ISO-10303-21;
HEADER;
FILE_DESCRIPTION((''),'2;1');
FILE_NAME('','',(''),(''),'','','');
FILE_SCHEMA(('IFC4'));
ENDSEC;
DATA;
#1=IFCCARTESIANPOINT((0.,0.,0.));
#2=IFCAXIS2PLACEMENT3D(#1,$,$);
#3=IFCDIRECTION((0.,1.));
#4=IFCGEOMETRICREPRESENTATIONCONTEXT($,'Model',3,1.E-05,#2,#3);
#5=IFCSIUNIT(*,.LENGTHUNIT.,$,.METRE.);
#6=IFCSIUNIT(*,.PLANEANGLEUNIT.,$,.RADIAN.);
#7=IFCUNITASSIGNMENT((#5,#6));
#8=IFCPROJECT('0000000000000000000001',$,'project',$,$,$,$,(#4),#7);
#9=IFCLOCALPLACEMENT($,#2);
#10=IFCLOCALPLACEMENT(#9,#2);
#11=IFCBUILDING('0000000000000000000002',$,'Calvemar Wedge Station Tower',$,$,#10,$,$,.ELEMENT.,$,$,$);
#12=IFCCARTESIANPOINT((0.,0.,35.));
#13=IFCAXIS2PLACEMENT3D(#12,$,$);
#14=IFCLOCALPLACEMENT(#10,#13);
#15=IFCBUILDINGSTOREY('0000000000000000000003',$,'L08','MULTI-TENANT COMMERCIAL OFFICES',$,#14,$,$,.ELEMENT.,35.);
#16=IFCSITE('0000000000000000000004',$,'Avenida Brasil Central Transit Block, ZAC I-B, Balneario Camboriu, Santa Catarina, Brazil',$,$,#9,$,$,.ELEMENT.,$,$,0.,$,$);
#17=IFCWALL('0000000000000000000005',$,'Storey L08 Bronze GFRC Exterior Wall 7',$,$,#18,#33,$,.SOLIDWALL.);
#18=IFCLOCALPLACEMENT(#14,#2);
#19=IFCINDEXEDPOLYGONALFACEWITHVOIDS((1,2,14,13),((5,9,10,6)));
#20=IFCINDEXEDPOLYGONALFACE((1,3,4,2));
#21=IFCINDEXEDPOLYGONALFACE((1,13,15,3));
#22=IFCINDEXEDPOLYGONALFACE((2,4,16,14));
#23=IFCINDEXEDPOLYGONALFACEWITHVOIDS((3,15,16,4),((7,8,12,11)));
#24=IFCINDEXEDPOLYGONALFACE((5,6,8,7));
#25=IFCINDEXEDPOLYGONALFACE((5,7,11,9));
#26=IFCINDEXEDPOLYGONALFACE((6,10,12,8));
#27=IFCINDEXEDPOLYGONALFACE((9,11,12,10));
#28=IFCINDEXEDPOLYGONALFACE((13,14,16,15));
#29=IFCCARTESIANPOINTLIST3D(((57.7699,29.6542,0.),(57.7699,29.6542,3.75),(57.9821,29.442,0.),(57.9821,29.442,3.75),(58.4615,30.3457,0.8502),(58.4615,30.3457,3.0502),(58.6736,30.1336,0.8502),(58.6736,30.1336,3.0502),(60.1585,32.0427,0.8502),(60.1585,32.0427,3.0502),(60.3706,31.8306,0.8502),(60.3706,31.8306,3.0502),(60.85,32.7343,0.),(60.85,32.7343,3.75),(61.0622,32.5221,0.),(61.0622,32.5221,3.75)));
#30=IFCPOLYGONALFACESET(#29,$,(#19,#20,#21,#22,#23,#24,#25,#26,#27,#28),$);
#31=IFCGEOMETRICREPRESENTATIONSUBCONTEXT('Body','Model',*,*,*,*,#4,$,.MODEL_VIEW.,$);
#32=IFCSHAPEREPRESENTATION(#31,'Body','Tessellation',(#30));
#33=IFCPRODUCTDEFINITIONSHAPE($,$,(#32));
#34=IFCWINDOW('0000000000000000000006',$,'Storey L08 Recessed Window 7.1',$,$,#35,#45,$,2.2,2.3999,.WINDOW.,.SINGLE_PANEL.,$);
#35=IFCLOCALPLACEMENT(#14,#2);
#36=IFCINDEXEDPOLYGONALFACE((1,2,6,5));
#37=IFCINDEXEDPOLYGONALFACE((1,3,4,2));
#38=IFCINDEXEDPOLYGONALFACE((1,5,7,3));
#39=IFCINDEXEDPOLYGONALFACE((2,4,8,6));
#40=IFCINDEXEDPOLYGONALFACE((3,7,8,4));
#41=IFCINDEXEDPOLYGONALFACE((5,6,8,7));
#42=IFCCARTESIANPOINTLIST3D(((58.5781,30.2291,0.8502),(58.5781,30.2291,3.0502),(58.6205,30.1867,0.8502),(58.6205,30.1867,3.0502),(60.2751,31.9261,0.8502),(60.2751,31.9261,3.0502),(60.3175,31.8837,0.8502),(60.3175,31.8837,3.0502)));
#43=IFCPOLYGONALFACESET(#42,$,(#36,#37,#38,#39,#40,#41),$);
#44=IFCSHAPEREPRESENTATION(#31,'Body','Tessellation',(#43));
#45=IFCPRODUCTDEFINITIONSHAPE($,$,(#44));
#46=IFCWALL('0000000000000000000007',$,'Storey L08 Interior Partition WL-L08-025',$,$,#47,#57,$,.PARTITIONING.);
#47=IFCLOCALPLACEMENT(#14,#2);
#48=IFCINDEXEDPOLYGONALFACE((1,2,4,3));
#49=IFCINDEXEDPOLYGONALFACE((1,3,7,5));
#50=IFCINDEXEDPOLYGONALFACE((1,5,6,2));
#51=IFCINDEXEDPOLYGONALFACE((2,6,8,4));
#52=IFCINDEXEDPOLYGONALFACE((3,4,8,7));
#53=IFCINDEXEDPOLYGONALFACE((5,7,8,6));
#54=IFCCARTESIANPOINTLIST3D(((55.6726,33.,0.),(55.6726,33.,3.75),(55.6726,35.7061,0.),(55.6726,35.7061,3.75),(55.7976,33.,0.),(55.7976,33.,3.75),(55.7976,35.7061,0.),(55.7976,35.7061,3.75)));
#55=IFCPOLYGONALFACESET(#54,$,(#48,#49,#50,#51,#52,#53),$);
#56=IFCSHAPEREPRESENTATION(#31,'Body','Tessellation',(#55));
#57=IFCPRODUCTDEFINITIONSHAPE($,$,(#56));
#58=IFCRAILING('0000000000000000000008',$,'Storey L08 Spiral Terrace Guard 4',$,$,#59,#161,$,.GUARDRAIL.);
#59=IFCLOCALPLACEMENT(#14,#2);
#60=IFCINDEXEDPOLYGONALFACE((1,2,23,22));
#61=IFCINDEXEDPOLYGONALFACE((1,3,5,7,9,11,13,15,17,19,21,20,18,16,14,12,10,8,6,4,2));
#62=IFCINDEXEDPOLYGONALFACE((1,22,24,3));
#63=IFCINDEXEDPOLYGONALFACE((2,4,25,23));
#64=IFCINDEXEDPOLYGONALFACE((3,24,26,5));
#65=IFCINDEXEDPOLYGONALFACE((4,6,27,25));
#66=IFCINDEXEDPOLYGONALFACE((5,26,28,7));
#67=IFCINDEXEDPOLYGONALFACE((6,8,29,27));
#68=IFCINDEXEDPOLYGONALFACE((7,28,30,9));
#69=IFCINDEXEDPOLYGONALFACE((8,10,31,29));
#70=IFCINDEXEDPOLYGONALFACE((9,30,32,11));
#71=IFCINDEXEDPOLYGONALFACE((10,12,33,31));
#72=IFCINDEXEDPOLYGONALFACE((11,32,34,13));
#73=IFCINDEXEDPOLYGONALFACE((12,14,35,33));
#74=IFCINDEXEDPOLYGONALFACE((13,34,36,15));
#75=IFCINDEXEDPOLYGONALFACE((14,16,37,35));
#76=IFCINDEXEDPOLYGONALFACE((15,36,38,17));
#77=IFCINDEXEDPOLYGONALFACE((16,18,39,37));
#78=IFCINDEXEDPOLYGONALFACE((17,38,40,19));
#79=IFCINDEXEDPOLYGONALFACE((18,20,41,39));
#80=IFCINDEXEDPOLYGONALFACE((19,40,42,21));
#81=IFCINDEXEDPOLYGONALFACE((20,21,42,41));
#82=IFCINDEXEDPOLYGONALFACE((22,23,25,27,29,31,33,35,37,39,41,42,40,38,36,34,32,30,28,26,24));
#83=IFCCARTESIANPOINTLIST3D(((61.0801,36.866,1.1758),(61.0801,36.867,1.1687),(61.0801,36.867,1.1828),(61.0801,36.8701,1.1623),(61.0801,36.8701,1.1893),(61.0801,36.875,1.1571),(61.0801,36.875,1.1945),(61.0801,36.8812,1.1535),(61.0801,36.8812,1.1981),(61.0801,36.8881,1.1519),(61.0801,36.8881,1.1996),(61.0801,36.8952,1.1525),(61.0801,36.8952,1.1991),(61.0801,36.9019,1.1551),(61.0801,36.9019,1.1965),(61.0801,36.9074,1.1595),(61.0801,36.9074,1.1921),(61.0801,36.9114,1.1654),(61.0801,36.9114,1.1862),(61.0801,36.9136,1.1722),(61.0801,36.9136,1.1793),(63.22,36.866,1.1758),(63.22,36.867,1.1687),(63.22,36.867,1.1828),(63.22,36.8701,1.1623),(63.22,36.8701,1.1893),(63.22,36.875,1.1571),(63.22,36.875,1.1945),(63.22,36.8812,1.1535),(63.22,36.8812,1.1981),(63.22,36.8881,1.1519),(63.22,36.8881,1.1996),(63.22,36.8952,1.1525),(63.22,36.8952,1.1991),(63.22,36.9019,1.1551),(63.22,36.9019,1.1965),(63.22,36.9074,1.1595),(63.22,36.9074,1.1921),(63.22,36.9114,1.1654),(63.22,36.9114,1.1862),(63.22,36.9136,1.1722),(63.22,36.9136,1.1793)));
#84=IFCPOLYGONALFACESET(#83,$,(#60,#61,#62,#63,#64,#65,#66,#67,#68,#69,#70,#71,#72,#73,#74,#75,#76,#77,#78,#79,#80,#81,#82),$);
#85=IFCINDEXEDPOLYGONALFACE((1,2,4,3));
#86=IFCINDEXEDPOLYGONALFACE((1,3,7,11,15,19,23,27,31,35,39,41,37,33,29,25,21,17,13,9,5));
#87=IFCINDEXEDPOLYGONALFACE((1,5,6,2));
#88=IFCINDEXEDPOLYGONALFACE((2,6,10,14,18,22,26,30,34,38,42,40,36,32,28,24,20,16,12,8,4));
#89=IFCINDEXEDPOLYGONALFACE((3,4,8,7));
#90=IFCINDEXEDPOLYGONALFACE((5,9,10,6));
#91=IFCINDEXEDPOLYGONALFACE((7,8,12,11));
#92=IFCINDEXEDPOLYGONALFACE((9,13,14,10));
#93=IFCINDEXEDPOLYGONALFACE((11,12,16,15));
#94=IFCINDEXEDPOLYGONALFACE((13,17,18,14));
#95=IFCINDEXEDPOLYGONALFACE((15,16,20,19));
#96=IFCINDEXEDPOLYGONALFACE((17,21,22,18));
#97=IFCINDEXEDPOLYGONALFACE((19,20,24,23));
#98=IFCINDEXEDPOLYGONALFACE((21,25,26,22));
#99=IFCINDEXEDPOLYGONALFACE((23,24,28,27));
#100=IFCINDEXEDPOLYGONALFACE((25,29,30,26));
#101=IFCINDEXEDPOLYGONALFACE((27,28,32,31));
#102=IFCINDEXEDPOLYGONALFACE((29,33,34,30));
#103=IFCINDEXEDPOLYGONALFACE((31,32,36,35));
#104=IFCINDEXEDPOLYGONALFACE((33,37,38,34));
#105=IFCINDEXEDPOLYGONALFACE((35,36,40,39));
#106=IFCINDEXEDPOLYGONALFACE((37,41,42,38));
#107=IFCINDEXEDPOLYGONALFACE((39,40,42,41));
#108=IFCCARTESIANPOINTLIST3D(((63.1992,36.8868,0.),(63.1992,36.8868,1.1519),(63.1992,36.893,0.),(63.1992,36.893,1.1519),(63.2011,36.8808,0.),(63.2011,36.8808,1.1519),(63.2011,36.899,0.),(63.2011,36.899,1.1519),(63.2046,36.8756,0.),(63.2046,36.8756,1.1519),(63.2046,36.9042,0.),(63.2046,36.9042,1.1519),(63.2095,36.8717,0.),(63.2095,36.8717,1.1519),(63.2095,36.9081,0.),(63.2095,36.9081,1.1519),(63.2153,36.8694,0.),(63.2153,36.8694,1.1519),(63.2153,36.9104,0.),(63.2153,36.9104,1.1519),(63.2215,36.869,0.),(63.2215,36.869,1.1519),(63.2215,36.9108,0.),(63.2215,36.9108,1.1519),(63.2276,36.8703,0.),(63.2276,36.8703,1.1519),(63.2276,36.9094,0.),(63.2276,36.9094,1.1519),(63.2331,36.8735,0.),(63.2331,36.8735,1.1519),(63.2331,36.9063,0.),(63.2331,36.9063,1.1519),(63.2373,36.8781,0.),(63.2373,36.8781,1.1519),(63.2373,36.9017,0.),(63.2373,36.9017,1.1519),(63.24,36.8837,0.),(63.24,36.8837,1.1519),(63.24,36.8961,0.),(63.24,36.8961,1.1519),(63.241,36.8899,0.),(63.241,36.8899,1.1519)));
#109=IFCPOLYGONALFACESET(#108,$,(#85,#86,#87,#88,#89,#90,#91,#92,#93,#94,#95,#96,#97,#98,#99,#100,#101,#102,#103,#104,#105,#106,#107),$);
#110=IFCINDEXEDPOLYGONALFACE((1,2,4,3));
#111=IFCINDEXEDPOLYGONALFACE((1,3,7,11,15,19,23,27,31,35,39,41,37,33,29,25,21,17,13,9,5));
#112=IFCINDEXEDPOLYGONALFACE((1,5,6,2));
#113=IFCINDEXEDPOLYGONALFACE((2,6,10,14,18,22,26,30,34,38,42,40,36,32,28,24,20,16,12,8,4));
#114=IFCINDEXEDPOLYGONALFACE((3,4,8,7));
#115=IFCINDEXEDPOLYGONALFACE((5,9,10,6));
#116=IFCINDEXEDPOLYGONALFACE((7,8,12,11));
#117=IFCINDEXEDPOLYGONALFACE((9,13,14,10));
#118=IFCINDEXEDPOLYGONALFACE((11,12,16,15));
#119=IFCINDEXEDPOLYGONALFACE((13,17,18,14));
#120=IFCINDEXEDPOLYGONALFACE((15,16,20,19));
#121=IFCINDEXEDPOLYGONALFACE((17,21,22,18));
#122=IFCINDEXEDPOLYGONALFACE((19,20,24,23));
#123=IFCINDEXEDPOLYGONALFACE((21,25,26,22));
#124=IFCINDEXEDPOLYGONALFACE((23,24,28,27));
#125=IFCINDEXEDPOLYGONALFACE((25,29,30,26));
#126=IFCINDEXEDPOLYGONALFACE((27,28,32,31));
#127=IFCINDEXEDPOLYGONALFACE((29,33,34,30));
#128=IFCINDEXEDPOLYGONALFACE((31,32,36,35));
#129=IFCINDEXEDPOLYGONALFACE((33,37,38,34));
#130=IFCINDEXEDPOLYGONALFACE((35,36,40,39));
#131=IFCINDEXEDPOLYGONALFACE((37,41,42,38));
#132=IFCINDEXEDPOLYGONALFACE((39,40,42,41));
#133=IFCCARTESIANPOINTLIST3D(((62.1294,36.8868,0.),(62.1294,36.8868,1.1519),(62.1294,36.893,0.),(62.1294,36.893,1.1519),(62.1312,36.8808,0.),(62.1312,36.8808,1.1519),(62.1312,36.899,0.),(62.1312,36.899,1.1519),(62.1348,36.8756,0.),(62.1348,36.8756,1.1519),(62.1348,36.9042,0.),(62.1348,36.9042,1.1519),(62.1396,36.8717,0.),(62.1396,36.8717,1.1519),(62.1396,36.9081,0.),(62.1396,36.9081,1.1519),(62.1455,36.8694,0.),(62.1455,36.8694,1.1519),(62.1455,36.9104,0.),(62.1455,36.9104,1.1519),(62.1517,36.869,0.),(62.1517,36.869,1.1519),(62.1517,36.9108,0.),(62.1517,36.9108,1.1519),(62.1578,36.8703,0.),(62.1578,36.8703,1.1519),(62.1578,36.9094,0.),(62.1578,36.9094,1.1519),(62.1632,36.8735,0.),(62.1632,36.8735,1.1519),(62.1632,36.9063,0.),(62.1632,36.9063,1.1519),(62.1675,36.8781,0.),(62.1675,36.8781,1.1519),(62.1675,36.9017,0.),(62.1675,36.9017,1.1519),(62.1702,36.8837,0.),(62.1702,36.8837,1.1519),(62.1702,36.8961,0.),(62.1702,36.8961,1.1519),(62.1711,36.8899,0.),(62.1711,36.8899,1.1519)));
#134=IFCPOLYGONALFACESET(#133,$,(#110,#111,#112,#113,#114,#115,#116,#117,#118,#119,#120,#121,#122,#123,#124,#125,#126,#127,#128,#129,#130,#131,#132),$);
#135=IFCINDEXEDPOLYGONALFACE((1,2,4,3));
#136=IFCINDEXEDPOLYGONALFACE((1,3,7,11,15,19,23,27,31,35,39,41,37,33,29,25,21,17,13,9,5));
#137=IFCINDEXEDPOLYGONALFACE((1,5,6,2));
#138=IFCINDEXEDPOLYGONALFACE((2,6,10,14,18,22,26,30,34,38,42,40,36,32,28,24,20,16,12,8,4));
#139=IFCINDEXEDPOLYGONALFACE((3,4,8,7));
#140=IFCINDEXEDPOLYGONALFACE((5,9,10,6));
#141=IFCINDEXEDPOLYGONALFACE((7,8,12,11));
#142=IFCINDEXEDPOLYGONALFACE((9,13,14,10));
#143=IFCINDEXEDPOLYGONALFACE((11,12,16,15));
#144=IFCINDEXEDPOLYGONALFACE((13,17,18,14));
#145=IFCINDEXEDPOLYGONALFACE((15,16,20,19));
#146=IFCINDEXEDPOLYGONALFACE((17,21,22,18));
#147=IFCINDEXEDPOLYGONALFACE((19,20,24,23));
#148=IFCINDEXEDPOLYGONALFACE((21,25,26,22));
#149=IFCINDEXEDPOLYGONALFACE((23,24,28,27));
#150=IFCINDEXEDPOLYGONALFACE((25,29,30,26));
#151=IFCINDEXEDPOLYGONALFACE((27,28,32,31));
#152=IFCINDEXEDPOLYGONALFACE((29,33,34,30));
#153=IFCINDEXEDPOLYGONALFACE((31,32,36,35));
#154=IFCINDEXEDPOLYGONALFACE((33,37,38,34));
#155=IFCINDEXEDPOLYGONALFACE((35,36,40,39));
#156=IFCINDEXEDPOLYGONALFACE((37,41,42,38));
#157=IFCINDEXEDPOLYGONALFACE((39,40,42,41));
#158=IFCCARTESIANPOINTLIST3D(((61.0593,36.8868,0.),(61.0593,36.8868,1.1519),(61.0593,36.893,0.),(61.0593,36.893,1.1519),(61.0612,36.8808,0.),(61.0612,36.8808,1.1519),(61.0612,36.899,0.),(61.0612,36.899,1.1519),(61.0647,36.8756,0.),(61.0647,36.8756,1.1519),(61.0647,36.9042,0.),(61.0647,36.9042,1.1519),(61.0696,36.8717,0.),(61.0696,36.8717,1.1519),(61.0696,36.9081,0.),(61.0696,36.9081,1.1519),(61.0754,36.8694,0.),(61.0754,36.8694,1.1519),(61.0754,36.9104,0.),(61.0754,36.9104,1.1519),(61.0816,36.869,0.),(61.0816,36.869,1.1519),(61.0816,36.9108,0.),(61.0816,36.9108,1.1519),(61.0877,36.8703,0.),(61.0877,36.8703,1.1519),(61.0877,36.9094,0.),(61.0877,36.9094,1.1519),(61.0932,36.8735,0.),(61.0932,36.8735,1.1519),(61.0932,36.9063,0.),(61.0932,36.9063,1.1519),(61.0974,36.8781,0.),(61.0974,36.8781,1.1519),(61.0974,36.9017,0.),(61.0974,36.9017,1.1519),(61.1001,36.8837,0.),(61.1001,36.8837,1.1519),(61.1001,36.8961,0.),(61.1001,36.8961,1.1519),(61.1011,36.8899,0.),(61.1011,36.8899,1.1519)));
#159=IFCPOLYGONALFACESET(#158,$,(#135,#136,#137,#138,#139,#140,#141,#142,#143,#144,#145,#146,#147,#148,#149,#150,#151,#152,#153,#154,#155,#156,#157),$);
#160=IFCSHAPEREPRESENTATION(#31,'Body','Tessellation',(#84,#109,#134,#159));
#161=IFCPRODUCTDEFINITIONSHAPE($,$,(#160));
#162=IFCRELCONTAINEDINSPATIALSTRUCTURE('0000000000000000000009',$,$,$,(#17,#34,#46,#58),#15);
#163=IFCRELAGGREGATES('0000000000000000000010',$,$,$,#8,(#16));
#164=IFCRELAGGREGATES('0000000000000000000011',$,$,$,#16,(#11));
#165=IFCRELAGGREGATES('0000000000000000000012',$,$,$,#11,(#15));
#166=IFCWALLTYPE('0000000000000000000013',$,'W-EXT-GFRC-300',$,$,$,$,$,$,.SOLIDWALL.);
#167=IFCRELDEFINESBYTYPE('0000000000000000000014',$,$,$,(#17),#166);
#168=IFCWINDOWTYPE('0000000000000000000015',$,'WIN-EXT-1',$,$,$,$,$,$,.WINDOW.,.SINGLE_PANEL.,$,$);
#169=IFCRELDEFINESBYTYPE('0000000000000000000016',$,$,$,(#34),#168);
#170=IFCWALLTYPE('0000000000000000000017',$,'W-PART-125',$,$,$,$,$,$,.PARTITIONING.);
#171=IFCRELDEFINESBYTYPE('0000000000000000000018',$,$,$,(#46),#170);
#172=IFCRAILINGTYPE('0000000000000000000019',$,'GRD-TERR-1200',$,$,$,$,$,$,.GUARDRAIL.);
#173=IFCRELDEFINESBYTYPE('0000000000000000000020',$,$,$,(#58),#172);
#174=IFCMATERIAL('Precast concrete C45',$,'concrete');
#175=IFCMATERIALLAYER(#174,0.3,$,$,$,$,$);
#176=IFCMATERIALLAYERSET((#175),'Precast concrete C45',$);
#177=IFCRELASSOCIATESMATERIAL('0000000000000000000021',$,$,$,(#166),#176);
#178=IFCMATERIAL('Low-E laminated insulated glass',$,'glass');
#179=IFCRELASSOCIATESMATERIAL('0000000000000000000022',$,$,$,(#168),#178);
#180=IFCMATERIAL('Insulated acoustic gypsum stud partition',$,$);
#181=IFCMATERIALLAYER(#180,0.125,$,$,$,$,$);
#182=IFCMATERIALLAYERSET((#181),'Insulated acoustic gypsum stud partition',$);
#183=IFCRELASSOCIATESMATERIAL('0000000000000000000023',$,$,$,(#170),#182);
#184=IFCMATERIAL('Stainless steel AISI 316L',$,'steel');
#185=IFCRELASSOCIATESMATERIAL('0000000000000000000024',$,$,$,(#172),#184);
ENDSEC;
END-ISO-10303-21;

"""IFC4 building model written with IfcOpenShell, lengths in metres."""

from ifc_helpers import new_model, si_unit, direction, frame, frame_2d, origin, origin_2d, place, context, subcontext, project, spatial, rectangle, circle, extrude, source, transform, mapped, material, layer, layer_set, type_object, element, fill, save


model = new_model("IFC4")

# Units and contexts
model_context = context("Model", 3, precision=1e-05, world=origin(), true_north=direction((0.0, 1.0)))
body_context = subcontext(model_context, "Body", "Model", "MODEL_VIEW")
ifc_project = project(units=[si_unit("LENGTHUNIT", "METRE"), si_unit("PLANEANGLEUNIT", "RADIAN")], contexts=[model_context])

# Site, building, storey
site_placement = place(None, origin())
site = spatial("IfcSite", under=ifc_project, at=site_placement, Name="Avenida Brasil Central Transit Block, ZAC I-B, Balneario Camboriu, Santa Catarina, Brazil", CompositionType="ELEMENT", RefElevation=0.0)
building_placement = place(site_placement, origin())
building = spatial("IfcBuilding", under=site, at=building_placement, Name="Calvemar Wedge Station Tower", CompositionType="ELEMENT")
storey_placement = place(building_placement, frame((0.0, 0.0, 35.0)))
storey = spatial("IfcBuildingStorey", under=building, at=storey_placement, Name="L08", Description="MULTI-TENANT COMMERCIAL OFFICES", CompositionType="ELEMENT", Elevation=35.0)

# Shared definitions
ifc_material_1 = material(Name="Low-E laminated insulated glass", Category="glass")

# Shared definitions
ifc_material_2 = material(Name="Precast concrete C45", Category="concrete")

# Wall, opening, window
ifc_layer_1 = layer(ifc_material_2, 0.3)
ifc_layer_set_1 = layer_set([ifc_layer_1], Name="Precast concrete C45")
wall_type_1 = type_object("IfcWallType", Name="W-EXT-GFRC-300", PredefinedType="SOLIDWALL", material=ifc_layer_set_1)
wall_1_placement = place(storey_placement, frame((57.876, 29.5481, 0.0), z_axis=(0.0, 0.0, 1.0), x_axis=(0.707107, 0.707107, 0.0)))
wall_1 = element("IfcWall", 1, at=wall_1_placement, inside=storey, type_object=wall_type_1, Name="Storey L08 Bronze GFRC Exterior Wall 7", PredefinedType="SOLIDWALL", context=body_context, shape_type="SweptSolid", body=[
    extrude(rectangle(XDim=4.356, YDim=0.3, at=frame_2d((2.178, 0.0))), origin(), (0.0, 0.0, 1.0), 3.75),
])
shared_shape_1 = source(origin(), body_context, "Body", "SweptSolid", [
    extrude(rectangle(XDim=2.3999, YDim=2.2, at=frame_2d((1.2, 1.1001))), frame((0.0, 0.1602, 0.0), z_axis=(0.0, -1.0, 0.0), x_axis=(1.0, 0.0, 0.0)), (0.0, 0.0, 1.0), 0.3201),
])
opening_1_placement = place(wall_1_placement, frame((0.978, 0.0, 0.8501)))
opening_1 = element("IfcOpeningElement", 2, at=opening_1_placement, cuts=wall_1, PredefinedType="OPENING", context=body_context, shape_type="MappedRepresentation", body=[
    mapped(shared_shape_1, transform((0.0, 0.0, 0.0), scale=1.0)),
])
window_type_1 = type_object("IfcWindowType", Name="WIN-EXT-1", PartitioningType="SINGLE_PANEL", PredefinedType="WINDOW", material=ifc_material_1)
shared_shape_2 = source(origin(), body_context, "Body", "SweptSolid", [
    extrude(rectangle(XDim=2.3999, YDim=2.2, at=frame_2d((1.2, 1.1001))), frame((0.0, -0.0149, 0.0), z_axis=(0.0, -1.0, 0.0), x_axis=(1.0, 0.0, 0.0)), (0.0, 0.0, 1.0), 0.0601),
])
window_1_placement = place(opening_1_placement, origin())
window_1 = element("IfcWindow", 3, at=window_1_placement, inside=storey, type_object=window_type_1, Name="Storey L08 Recessed Window 7.1", OverallHeight=2.2, OverallWidth=2.3999, PartitioningType="SINGLE_PANEL", PredefinedType="WINDOW", context=body_context, shape_type="MappedRepresentation", body=[
    mapped(shared_shape_2, transform((0.0, 0.0, 0.0), scale=1.0)),
])
fill(opening_1, window_1)

# Wall
ifc_material_3 = material(Name="Insulated acoustic gypsum stud partition")
ifc_layer_2 = layer(ifc_material_3, 0.125)
ifc_layer_set_2 = layer_set([ifc_layer_2], Name="Insulated acoustic gypsum stud partition")
wall_type_2 = type_object("IfcWallType", Name="W-PART-125", PredefinedType="PARTITIONING", material=ifc_layer_set_2)
wall_2_placement = place(storey_placement, frame((55.7351, 33.0, 0.0), z_axis=(0.0, 0.0, 1.0), x_axis=(0.0, 1.0, 0.0)))
element("IfcWall", 4, at=wall_2_placement, inside=storey, type_object=wall_type_2, Name="Storey L08 Interior Partition WL-L08-025", PredefinedType="PARTITIONING", context=body_context, shape_type="SweptSolid", body=[
    extrude(rectangle(XDim=2.7061, YDim=0.125, at=frame_2d((1.353, 0.0))), origin(), (0.0, 0.0, 1.0), 3.75),
])

# Railing
ifc_material_4 = material(Name="Stainless steel AISI 316L", Category="steel")
railing_type = type_object("IfcRailingType", Name="GRD-TERR-1200", PredefinedType="GUARDRAIL", material=ifc_material_4)
railing_placement = place(storey_placement, frame((63.22, 36.8899, 0.0)))
element("IfcRailing", 5, at=railing_placement, inside=storey, type_object=railing_type, Name="Storey L08 Spiral Terrace Guard 4", PredefinedType="GUARDRAIL", context=body_context, shape_type="SweptSolid", body=[
    extrude(circle(Radius=0.0239, at=origin_2d()), frame((0.0, 0.0, 1.1758), z_axis=(-1.0, 0.0, 0.0), x_axis=(0.0, -1.0, 0.0)), (0.0, 0.0, 1.0), 2.1399),
    extrude(circle(Radius=0.021, at=origin_2d()), origin(), (0.0, 0.0, 1.0), 1.1519),
    extrude(circle(Radius=0.021, at=origin_2d()), frame((-1.0698, 0.0, 0.0)), (0.0, 0.0, 1.0), 1.1519),
    extrude(circle(Radius=0.021, at=origin_2d()), frame((-2.1399, 0.0, 0.0)), (0.0, 0.0, 1.0), 1.1519),
])

save(model, "model.ifc")
